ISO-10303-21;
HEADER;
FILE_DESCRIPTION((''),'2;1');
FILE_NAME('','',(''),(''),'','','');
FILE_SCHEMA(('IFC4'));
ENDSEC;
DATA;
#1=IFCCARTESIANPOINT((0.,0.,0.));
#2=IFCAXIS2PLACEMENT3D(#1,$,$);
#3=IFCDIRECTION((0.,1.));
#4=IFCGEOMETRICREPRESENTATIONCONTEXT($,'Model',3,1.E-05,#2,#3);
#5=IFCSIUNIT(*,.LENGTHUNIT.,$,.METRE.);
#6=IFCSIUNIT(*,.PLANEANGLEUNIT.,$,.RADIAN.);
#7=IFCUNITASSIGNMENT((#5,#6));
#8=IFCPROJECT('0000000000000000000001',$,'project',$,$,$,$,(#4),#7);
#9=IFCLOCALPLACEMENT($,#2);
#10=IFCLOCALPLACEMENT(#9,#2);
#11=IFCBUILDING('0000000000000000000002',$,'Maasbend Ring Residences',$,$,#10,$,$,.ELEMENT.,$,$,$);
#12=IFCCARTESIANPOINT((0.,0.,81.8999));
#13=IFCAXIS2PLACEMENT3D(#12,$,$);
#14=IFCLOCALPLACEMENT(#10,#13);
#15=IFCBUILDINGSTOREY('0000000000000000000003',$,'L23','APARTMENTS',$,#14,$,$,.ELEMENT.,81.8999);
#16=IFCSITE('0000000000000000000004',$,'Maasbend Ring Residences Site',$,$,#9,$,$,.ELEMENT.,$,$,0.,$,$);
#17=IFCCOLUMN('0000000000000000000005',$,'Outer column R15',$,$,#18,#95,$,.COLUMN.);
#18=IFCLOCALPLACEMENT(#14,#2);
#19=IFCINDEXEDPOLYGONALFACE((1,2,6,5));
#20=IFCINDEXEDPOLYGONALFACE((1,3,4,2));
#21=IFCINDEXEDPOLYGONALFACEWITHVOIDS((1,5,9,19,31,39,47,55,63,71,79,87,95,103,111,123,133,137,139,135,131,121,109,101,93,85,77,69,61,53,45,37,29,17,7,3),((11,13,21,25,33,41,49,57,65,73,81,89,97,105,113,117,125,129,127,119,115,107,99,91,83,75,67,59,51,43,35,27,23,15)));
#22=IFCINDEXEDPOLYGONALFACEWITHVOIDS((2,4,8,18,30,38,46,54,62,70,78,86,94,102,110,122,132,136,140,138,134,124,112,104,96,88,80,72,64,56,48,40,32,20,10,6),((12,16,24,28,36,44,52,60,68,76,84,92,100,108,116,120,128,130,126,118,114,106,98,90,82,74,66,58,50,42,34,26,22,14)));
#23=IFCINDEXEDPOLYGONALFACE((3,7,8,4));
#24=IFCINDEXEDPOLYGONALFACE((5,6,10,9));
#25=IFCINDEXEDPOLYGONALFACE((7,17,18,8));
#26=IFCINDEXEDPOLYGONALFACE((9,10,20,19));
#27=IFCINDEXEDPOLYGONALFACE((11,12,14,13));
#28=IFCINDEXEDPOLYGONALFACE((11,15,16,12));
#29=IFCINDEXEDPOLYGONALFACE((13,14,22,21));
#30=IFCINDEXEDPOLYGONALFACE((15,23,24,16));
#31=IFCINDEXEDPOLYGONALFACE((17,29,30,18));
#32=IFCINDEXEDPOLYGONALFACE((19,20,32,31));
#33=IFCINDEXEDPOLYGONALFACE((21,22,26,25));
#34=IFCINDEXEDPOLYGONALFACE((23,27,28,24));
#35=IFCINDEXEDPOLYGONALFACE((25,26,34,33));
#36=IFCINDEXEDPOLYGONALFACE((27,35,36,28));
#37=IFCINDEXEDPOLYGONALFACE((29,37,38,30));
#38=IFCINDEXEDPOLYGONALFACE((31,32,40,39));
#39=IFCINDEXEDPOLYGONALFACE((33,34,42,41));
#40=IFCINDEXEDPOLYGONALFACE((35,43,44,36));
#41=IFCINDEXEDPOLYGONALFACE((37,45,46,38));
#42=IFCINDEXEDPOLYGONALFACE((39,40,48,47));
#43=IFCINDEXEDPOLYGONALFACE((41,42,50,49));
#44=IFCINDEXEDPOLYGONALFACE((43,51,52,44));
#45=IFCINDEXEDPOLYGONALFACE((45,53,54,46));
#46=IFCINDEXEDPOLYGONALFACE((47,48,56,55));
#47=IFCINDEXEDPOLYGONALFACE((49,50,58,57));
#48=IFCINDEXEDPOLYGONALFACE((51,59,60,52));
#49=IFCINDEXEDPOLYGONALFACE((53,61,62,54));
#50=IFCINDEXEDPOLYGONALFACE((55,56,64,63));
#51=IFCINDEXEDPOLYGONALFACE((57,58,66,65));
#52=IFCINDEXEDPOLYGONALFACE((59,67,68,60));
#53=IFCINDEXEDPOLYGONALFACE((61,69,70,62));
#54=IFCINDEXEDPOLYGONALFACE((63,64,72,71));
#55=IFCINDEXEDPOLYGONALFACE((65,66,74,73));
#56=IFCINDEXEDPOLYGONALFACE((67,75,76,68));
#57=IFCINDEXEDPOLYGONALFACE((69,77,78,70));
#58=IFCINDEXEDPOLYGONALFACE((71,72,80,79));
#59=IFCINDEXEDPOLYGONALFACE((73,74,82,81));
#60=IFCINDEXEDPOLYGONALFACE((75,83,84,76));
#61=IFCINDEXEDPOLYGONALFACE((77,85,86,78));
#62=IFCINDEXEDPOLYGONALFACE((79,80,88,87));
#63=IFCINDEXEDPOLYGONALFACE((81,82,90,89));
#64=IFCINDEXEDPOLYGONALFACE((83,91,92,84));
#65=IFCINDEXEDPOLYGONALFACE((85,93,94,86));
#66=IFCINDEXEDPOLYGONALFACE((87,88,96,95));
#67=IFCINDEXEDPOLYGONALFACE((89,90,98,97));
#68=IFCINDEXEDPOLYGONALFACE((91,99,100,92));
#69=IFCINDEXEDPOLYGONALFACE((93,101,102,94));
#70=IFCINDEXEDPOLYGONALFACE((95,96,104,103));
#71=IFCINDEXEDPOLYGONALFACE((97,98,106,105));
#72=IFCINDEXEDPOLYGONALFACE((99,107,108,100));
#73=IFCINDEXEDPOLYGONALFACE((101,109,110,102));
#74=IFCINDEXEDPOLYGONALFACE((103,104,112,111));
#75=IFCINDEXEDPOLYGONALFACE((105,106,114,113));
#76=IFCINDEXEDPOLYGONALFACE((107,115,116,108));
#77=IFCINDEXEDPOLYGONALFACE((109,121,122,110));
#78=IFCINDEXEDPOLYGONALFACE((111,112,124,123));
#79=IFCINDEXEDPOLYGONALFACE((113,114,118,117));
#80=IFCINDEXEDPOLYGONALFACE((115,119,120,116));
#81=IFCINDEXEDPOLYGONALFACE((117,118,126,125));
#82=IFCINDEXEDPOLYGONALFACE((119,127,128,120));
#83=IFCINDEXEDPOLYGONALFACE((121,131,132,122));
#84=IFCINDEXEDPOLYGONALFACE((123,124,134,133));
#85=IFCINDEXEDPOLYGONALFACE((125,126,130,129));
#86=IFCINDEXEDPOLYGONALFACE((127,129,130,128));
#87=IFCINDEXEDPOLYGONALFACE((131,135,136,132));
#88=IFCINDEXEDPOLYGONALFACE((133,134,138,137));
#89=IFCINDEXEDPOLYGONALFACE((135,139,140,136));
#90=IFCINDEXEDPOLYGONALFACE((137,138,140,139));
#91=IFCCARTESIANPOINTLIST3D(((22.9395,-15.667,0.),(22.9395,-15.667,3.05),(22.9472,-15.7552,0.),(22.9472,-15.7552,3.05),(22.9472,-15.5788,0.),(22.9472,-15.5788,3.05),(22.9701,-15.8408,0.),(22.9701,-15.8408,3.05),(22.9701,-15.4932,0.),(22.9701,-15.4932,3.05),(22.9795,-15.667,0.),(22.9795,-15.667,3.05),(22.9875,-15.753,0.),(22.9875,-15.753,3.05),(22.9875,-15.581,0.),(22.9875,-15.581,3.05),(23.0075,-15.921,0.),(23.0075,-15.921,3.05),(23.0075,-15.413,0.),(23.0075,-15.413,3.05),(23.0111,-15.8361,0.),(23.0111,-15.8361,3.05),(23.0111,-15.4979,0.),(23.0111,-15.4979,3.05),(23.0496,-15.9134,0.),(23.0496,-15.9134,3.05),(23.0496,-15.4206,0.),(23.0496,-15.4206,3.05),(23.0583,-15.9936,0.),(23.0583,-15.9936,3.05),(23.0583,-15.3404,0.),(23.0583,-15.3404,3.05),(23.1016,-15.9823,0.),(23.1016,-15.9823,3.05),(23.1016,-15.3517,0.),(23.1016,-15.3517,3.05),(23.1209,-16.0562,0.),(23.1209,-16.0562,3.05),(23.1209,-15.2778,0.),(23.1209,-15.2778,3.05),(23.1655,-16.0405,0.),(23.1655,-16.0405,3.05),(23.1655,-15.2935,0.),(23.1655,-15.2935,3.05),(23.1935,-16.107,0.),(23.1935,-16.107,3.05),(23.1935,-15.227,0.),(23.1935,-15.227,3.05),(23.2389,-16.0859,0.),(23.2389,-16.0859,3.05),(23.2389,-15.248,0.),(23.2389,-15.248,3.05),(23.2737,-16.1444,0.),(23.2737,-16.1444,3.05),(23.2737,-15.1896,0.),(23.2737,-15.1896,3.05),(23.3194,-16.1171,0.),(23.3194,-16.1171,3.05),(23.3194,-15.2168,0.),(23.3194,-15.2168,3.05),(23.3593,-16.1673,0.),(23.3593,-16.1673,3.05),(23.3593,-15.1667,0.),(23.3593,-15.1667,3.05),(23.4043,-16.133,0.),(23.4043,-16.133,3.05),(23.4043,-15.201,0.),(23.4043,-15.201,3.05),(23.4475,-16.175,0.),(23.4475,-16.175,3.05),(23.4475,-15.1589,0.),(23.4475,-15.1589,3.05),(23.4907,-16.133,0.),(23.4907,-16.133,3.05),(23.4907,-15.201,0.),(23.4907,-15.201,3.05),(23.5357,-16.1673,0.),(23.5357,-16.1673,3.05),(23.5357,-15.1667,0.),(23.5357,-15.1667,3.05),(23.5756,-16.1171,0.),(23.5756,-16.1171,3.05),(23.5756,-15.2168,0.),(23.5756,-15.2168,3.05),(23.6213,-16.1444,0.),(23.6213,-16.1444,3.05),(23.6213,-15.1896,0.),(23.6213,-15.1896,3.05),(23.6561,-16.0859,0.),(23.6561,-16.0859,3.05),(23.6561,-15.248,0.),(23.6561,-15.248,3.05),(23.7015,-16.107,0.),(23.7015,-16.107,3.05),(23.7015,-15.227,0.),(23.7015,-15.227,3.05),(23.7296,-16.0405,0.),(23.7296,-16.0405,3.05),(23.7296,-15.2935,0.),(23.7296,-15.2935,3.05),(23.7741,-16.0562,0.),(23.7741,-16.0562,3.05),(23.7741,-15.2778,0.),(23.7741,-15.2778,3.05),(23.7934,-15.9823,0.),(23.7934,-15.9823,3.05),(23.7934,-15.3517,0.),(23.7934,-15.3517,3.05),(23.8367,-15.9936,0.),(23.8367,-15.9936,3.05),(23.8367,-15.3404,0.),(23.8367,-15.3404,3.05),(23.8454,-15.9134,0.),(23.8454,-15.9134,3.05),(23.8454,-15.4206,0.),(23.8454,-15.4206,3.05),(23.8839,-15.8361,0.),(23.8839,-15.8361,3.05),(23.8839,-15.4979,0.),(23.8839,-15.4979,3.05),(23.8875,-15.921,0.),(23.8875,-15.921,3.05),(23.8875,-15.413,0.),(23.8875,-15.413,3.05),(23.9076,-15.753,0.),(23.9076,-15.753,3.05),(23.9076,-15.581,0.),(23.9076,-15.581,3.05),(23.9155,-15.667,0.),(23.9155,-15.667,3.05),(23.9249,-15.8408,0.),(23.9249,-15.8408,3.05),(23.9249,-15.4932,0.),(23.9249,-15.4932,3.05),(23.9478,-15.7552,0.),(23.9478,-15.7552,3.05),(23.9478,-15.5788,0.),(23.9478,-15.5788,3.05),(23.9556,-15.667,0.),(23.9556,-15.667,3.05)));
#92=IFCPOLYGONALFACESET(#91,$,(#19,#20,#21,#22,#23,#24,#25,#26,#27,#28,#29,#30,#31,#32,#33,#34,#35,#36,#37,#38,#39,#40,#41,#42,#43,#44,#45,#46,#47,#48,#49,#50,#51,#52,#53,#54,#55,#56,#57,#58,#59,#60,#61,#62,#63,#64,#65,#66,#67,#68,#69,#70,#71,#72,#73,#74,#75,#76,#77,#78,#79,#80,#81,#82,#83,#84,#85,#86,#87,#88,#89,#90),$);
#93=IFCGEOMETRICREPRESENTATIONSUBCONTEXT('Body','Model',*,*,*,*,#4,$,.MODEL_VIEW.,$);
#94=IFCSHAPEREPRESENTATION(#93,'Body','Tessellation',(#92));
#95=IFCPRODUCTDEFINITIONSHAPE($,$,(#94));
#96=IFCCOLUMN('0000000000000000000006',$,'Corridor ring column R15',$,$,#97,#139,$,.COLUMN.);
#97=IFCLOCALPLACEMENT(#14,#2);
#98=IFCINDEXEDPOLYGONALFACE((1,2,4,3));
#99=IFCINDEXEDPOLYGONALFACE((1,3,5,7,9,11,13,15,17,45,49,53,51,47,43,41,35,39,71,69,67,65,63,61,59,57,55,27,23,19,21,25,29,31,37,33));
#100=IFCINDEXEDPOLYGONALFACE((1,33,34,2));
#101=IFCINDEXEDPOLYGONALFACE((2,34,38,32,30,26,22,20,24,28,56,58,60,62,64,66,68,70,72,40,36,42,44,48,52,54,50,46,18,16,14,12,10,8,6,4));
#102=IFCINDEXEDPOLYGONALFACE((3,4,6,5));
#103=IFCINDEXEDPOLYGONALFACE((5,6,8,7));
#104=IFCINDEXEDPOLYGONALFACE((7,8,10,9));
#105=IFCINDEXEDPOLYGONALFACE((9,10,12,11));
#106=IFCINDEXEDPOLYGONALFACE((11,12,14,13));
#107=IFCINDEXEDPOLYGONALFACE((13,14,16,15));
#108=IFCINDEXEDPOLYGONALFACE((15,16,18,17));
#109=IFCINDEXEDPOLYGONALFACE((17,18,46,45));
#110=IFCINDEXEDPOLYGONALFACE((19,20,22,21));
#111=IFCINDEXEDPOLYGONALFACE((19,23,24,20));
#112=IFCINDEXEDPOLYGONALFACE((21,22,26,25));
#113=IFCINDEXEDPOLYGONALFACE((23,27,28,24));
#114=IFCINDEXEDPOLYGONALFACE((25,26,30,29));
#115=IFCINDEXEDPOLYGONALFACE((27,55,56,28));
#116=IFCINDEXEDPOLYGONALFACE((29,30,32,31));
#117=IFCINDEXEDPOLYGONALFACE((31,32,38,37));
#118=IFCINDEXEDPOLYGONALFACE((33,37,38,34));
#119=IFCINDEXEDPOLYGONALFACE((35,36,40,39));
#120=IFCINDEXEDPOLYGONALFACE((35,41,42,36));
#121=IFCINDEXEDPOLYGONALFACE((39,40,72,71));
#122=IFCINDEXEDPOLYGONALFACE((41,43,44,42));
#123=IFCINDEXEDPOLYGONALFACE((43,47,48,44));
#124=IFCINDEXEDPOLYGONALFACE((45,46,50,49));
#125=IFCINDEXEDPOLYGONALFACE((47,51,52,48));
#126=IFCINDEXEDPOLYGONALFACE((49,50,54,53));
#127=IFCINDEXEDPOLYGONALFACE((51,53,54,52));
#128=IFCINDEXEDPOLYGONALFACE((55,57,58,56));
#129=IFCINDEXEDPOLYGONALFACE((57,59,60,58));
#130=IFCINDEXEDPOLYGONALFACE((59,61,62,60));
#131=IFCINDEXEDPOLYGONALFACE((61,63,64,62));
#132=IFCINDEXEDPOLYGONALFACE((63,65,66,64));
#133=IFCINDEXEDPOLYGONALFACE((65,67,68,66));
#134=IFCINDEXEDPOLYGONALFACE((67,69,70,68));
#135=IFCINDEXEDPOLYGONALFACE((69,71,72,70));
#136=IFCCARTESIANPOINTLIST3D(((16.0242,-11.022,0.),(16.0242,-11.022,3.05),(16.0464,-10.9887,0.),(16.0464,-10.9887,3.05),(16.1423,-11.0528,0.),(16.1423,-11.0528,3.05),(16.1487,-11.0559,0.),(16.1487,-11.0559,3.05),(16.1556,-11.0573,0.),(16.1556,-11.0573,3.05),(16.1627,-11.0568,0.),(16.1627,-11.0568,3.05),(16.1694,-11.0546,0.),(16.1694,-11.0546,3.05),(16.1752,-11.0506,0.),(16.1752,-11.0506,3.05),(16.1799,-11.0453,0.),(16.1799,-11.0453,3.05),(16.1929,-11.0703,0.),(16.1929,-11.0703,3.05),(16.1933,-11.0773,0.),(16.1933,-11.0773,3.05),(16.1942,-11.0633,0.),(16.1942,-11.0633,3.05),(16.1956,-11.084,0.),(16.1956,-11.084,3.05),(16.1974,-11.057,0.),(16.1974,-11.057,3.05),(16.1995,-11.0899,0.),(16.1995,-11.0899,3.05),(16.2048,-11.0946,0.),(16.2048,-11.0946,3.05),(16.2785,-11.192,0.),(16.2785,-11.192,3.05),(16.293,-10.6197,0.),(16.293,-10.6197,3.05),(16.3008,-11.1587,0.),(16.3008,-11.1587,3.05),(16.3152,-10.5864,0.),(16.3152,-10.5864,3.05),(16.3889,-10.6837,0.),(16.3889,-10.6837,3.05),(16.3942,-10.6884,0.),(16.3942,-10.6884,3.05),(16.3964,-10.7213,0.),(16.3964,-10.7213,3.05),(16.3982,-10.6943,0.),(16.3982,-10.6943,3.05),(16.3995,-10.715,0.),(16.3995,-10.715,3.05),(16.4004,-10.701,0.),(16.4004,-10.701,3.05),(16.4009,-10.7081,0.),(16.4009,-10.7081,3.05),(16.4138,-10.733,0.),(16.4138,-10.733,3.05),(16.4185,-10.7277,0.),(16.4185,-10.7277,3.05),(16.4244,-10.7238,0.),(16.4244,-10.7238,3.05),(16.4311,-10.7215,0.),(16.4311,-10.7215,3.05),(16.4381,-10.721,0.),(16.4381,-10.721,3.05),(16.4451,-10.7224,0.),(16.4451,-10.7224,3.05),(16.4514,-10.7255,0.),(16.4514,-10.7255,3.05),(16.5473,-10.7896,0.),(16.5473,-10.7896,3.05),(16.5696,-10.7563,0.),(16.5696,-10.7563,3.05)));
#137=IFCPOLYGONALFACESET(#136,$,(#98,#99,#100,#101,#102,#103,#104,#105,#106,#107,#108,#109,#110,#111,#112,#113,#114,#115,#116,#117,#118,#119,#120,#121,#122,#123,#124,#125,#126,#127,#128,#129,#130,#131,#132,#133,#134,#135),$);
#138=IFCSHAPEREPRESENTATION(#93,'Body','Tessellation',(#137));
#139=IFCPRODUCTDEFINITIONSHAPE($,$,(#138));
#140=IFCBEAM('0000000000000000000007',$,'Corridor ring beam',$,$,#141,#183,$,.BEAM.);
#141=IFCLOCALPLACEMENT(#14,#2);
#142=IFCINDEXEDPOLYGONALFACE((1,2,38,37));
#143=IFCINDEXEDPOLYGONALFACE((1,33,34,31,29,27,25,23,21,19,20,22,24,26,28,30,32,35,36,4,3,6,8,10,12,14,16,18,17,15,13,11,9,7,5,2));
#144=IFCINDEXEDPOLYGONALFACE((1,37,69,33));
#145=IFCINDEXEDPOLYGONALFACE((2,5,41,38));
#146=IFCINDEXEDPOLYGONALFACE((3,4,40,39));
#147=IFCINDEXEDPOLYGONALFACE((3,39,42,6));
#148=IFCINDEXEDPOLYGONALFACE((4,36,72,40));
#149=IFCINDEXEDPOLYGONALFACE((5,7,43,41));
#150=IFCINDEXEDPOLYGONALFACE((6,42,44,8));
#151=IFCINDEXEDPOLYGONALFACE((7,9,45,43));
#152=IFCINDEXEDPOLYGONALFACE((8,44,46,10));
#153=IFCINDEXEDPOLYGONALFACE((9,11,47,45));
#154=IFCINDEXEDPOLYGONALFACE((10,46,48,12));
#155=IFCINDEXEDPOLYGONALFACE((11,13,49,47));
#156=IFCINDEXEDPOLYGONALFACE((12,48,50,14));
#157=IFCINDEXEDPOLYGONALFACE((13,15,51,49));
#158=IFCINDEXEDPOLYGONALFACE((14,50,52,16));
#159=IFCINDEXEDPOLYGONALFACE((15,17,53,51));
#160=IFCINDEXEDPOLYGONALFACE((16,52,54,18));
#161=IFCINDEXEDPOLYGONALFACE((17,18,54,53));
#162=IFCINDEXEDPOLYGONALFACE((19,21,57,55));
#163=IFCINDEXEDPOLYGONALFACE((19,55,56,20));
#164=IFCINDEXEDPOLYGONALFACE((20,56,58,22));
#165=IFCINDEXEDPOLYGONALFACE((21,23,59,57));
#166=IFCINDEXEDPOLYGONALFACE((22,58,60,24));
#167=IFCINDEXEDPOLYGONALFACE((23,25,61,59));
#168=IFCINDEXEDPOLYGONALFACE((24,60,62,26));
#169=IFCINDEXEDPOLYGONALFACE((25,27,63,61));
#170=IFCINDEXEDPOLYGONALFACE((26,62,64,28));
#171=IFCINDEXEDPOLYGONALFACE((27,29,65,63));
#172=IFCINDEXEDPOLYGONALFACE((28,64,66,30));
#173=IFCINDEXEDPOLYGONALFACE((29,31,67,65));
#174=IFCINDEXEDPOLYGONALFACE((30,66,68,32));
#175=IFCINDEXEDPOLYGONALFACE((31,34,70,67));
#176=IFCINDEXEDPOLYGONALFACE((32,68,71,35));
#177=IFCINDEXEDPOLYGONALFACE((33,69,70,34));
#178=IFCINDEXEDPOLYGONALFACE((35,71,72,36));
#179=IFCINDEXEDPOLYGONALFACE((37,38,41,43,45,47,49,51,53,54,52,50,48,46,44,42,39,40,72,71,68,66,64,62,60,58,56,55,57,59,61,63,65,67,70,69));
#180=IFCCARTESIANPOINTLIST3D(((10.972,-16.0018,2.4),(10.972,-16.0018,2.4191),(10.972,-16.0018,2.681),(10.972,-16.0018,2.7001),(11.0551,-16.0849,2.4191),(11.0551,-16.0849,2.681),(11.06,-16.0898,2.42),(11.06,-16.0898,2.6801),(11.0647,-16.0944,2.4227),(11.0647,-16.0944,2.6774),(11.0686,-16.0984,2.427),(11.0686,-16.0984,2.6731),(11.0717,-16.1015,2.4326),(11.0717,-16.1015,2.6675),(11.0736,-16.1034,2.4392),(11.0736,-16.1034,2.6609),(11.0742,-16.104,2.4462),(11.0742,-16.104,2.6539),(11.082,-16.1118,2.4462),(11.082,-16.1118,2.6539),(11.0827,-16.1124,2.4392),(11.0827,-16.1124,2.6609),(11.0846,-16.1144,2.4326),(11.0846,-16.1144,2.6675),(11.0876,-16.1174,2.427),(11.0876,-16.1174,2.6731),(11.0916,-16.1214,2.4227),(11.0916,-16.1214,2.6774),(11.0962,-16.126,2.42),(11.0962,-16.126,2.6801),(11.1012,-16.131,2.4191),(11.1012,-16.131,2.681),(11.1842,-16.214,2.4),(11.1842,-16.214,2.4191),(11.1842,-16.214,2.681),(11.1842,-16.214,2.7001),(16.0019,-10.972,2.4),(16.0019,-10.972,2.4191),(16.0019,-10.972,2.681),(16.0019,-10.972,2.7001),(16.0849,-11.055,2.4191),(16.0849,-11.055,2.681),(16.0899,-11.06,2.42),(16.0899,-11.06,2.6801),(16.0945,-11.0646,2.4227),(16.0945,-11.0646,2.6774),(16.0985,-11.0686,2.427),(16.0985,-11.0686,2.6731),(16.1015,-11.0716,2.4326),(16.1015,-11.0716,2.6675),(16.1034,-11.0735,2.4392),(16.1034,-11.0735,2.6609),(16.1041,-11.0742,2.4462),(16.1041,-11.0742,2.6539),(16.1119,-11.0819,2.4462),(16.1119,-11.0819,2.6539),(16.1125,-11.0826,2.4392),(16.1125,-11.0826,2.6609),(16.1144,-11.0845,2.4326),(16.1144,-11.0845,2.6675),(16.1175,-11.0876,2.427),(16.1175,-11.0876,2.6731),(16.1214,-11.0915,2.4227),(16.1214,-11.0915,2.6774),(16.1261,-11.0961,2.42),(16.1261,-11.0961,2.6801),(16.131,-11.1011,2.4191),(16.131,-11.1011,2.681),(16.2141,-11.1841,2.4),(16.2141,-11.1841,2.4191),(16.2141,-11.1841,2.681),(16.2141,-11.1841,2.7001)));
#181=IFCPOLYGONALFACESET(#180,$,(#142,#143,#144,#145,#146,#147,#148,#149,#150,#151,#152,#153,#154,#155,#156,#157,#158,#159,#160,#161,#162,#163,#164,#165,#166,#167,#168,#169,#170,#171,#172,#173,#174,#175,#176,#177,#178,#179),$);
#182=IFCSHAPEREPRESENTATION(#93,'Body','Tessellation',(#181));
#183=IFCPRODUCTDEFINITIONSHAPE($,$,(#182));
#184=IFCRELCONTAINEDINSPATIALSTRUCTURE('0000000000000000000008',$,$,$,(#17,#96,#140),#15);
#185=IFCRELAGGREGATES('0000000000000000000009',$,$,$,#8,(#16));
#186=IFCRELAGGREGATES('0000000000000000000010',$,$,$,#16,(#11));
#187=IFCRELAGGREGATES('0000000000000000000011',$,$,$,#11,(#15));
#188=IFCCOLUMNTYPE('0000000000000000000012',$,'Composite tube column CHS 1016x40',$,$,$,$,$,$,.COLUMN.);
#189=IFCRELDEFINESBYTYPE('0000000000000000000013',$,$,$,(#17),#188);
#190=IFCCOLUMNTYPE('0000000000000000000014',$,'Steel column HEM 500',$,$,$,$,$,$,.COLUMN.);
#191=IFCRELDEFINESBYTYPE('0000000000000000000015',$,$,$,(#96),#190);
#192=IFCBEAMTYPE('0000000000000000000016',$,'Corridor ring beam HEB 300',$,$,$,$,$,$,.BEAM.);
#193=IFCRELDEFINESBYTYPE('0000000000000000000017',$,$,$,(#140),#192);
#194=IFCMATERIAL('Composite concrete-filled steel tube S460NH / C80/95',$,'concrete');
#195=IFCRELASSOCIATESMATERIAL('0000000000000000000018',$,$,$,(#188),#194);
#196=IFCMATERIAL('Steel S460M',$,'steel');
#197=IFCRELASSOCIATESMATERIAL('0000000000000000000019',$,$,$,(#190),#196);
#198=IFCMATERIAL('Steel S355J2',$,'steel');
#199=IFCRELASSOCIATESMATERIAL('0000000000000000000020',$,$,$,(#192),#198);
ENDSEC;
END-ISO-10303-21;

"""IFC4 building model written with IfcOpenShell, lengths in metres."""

from ifc_helpers import new_model, si_unit, direction, frame, origin, origin_2d, place, context, subcontext, project, spatial, hollow_circle, i_section, extrude, material, material_profile, profile_set, type_object, element, save


model = new_model("IFC4")

# Units and contexts
model_context = context("Model", 3, precision=1e-05, world=origin(), true_north=direction((0.0, 1.0)))
body_context = subcontext(model_context, "Body", "Model", "MODEL_VIEW")
ifc_project = project(units=[si_unit("LENGTHUNIT", "METRE"), si_unit("PLANEANGLEUNIT", "RADIAN")], contexts=[model_context])

# Site, building, storey
site_placement = place(None, origin())
site = spatial("IfcSite", under=ifc_project, at=site_placement, Name="Maasbend Ring Residences Site", CompositionType="ELEMENT", RefElevation=0.0)
building_placement = place(site_placement, origin())
building = spatial("IfcBuilding", under=site, at=building_placement, Name="Maasbend Ring Residences", CompositionType="ELEMENT")
storey_placement = place(building_placement, frame((0.0, 0.0, 81.8999)))
storey = spatial("IfcBuildingStorey", under=building, at=storey_placement, Name="L23", Description="APARTMENTS", CompositionType="ELEMENT", Elevation=81.8999)

# Columns
ifc_material_1 = material(Name="Composite concrete-filled steel tube S460NH / C80/95", Category="concrete")
ifc_material_profile_1 = material_profile(ifc_material_1, hollow_circle(Radius=0.5081, WallThickness=0.04, at=origin_2d()), Name="Composite tube column CHS 1016x40")
ifc_profile_set_1 = profile_set([ifc_material_profile_1], Name="Composite concrete-filled steel tube S460NH / C80/95")
column_type_1 = type_object("IfcColumnType", Name="Composite tube column CHS 1016x40", PredefinedType="COLUMN", material=ifc_profile_set_1)
column_1_placement = place(storey_placement, frame((23.4475, -15.667, 0.0), z_axis=(0.0, 0.0, 1.0), x_axis=(1.0, 0.0, 0.0)))
element("IfcColumn", 1, at=column_1_placement, inside=storey, type_object=column_type_1, Name="Outer column R15", PredefinedType="COLUMN", context=body_context, shape_type="SweptSolid", body=[
    extrude(hollow_circle(Radius=0.5081, WallThickness=0.04, at=origin_2d()), origin(), (0.0, 0.0, 1.0), 3.05),
])
ifc_material_2 = material(Name="Steel S460M", Category="steel")
ifc_material_profile_2 = material_profile(ifc_material_2, i_section(OverallWidth=0.3059, OverallDepth=0.5239, WebThickness=0.021, FlangeThickness=0.04, FilletRadius=0.0271, at=origin_2d()), Name="HEM 500")
ifc_profile_set_2 = profile_set([ifc_material_profile_2], Name="Steel S460M")
column_type_2 = type_object("IfcColumnType", Name="Steel column HEM 500", PredefinedType="COLUMN", material=ifc_profile_set_2)
column_2_placement = place(storey_placement, frame((16.2969, -10.8892, 0.0), z_axis=(0.0, 0.0, 1.0), x_axis=(0.83147, -0.55557, 0.0)))
element("IfcColumn", 2, at=column_2_placement, inside=storey, type_object=column_type_2, Name="Corridor ring column R15", PredefinedType="COLUMN", context=body_context, shape_type="SweptSolid", body=[
    extrude(i_section(OverallWidth=0.3059, OverallDepth=0.5239, WebThickness=0.021, FlangeThickness=0.04, FilletRadius=0.0271, at=origin_2d()), origin(), (0.0, 0.0, 1.0), 3.05),
])

# Beam
ifc_material_3 = material(Name="Steel S355J2", Category="steel")
ifc_material_profile_3 = material_profile(ifc_material_3, i_section(OverallWidth=0.3, OverallDepth=0.3, WebThickness=0.011, FlangeThickness=0.019, FilletRadius=0.0271, at=origin_2d()), Name="HEB 300")
ifc_profile_set_3 = profile_set([ifc_material_profile_3], Name="Steel S355J2")
beam_type = type_object("IfcBeamType", Name="Corridor ring beam HEB 300", PredefinedType="BEAM", material=ifc_profile_set_3)
beam_placement = place(storey_placement, frame((11.0781, -16.1079, 2.55), z_axis=(0.707107, 0.707107, 0.0), x_axis=(-0.707107, 0.707107, 0.0)))
element("IfcBeam", 3, at=beam_placement, inside=storey, type_object=beam_type, Name="Corridor ring beam", PredefinedType="BEAM", context=body_context, shape_type="SweptSolid", body=[
    extrude(i_section(OverallWidth=0.3, OverallDepth=0.3, WebThickness=0.011, FlangeThickness=0.019, FilletRadius=0.0271, at=origin_2d()), origin(), (0.0, 0.0, 1.0), 7.1133),
])

save(model, "model.ifc")
